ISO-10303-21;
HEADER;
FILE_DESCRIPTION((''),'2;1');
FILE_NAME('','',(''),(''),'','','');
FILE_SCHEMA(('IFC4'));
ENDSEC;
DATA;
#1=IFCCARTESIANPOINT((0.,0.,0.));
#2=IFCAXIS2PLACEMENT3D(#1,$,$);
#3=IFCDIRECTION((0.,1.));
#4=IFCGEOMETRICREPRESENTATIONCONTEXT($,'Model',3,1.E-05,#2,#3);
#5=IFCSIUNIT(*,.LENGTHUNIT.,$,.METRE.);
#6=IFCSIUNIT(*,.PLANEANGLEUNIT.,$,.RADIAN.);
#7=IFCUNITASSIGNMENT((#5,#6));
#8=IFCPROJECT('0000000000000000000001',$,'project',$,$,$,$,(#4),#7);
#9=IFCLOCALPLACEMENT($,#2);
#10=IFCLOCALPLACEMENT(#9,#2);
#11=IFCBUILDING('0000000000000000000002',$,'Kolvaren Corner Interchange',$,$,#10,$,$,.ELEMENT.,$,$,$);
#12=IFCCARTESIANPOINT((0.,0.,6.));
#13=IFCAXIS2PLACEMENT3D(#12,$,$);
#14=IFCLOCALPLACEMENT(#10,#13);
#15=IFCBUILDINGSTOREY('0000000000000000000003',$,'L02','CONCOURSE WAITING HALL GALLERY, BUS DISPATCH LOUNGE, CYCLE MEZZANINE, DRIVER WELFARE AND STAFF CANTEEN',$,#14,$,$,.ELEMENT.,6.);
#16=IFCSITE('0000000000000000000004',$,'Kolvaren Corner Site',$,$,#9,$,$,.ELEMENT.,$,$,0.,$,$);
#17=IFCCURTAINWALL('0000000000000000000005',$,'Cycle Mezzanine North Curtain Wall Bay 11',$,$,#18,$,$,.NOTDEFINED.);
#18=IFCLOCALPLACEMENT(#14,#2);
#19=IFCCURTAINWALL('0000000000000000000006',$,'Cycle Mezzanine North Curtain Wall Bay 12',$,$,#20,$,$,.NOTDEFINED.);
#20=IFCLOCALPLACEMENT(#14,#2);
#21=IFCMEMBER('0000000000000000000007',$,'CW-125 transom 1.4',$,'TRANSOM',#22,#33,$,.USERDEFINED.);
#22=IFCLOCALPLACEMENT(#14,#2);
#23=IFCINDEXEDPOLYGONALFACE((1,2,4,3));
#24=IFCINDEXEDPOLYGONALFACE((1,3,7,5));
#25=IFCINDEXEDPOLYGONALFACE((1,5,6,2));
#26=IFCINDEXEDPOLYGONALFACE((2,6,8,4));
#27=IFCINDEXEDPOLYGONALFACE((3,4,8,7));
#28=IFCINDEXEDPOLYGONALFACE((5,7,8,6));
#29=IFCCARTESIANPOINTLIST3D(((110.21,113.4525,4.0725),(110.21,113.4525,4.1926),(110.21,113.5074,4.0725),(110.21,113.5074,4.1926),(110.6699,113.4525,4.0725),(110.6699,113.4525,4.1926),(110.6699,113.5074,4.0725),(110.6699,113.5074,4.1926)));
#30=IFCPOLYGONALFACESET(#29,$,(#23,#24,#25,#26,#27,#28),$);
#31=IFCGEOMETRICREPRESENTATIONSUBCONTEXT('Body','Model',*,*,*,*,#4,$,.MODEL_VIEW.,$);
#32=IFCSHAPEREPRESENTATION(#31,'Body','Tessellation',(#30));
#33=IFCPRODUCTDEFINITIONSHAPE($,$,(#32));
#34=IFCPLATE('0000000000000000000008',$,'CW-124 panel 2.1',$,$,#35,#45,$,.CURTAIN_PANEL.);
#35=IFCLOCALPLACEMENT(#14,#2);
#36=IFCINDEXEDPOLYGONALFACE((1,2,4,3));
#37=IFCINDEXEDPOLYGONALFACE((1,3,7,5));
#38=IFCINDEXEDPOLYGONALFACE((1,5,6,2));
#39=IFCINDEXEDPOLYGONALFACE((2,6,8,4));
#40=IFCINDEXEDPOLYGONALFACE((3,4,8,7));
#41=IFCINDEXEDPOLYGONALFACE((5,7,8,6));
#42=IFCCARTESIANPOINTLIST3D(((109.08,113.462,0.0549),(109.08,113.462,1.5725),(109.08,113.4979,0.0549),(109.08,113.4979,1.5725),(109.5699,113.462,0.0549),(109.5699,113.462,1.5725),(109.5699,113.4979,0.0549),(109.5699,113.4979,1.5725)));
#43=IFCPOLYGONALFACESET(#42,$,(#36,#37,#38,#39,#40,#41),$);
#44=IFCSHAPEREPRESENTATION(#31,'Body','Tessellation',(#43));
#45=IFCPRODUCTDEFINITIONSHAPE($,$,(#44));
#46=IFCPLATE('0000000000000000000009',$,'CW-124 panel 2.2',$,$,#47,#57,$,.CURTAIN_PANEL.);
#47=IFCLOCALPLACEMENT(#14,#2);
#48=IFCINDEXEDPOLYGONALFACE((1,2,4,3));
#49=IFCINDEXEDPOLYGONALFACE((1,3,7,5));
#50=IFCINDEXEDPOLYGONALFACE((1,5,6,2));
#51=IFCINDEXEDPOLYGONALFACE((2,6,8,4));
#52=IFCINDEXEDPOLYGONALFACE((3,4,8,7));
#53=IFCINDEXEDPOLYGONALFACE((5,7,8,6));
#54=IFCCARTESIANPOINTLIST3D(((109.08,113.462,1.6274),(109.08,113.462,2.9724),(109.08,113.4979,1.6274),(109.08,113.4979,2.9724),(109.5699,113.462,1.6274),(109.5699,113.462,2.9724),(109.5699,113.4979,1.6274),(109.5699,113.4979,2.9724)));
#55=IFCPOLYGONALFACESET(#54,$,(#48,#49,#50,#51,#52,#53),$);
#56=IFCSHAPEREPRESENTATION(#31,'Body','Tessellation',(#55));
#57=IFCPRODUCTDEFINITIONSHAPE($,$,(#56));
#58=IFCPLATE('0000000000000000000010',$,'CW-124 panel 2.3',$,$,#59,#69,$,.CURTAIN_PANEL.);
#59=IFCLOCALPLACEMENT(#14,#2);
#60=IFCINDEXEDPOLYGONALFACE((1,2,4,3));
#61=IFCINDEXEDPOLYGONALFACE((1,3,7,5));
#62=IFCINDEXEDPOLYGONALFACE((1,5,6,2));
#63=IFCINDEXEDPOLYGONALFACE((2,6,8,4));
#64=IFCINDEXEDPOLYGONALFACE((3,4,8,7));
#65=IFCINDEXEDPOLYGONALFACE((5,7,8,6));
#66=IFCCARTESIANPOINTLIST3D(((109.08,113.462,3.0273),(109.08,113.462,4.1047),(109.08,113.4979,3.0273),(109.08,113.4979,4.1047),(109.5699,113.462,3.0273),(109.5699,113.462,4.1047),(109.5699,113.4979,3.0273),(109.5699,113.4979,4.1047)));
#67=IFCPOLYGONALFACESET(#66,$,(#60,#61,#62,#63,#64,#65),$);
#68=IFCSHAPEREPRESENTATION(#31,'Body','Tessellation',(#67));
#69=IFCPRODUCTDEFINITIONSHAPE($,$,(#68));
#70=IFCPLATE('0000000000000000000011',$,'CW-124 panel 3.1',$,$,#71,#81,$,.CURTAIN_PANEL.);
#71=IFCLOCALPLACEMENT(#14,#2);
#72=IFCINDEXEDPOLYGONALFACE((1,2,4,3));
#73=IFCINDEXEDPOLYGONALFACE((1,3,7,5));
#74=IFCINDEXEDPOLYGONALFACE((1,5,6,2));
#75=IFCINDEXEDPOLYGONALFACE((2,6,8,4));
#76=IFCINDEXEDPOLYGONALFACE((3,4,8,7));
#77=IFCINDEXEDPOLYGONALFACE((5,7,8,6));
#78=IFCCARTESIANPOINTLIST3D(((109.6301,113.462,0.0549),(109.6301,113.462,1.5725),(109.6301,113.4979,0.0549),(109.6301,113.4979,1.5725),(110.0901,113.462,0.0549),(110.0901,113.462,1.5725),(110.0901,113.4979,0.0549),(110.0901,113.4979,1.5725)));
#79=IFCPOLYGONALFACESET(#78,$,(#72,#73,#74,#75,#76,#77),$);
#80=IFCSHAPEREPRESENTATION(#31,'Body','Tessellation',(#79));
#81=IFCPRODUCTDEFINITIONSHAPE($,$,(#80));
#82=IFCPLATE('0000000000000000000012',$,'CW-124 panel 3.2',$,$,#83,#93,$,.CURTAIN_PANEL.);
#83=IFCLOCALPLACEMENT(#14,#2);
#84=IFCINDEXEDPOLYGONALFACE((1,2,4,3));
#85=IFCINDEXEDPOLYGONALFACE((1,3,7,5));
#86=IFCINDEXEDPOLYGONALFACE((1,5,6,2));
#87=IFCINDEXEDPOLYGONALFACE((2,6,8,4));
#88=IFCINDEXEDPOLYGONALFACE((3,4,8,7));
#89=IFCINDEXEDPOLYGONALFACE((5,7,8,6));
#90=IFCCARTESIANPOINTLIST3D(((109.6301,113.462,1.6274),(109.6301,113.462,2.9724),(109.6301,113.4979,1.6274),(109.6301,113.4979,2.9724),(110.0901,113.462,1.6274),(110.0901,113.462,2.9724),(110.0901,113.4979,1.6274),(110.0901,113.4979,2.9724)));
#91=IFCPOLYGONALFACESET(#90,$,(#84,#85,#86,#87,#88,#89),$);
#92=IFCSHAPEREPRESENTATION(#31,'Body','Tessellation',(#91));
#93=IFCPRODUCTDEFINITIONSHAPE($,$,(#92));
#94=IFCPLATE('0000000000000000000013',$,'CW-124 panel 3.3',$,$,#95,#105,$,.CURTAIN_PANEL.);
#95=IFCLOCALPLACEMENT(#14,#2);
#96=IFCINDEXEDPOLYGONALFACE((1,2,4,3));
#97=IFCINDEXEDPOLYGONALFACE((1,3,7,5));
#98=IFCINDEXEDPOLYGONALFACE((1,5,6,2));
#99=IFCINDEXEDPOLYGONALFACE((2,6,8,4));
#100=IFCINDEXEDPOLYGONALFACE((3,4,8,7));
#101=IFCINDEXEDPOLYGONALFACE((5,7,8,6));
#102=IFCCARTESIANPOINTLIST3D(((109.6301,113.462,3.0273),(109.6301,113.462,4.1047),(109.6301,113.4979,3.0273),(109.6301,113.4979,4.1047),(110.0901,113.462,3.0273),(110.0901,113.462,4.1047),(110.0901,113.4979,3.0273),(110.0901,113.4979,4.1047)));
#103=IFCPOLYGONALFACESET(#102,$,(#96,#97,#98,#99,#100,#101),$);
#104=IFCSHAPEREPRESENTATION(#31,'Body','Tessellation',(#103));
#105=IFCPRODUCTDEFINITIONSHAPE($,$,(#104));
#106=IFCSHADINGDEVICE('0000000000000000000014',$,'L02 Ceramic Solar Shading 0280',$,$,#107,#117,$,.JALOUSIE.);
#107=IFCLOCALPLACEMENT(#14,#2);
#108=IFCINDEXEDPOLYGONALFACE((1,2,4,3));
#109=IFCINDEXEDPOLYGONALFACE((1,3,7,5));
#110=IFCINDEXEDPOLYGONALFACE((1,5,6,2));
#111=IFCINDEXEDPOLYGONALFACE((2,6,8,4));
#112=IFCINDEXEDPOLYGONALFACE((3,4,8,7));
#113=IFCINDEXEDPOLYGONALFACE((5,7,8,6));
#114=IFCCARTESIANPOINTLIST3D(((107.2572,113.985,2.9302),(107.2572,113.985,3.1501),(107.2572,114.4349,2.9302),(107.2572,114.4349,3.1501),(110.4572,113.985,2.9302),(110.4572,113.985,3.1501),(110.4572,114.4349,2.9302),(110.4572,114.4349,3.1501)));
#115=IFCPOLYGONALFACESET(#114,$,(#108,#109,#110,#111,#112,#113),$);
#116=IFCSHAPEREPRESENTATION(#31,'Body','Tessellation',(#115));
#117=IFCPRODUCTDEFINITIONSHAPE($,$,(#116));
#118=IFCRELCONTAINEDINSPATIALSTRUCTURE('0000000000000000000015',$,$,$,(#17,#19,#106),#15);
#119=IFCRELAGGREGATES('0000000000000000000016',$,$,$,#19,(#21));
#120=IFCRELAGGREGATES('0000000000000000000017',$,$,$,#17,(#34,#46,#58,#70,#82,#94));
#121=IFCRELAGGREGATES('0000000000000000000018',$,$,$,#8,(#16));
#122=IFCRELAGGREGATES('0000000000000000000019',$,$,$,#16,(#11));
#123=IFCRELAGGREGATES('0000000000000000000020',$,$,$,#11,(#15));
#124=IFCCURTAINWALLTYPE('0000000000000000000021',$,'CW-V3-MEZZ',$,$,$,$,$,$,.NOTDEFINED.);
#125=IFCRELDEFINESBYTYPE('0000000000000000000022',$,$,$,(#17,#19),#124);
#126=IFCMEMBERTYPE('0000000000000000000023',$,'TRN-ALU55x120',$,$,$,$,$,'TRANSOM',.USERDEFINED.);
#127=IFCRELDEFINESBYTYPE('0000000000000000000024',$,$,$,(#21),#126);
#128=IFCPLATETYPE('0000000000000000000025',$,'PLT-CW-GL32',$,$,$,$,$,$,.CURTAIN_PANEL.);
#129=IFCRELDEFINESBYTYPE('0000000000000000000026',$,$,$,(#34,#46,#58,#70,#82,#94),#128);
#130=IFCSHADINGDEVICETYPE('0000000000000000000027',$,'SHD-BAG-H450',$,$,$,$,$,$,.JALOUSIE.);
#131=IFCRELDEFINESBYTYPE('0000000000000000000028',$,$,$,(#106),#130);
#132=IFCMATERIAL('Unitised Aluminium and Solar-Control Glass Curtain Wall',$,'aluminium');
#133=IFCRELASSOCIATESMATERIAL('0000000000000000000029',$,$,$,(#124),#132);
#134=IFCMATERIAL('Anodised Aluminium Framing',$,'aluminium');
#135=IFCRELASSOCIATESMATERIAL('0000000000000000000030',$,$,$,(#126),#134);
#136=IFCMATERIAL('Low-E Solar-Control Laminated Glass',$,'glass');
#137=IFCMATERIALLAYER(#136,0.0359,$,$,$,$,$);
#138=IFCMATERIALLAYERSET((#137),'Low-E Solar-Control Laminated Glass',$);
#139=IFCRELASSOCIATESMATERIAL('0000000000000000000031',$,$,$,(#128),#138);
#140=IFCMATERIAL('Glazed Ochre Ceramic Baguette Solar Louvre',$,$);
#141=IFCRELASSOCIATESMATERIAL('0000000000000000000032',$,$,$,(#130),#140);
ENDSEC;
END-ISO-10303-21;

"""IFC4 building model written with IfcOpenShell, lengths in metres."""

from ifc_helpers import new_model, si_unit, direction, frame, origin, origin_2d, place, context, subcontext, project, spatial, rectangle, extrude, material, layer, layer_set, material_profile, profile_set, type_object, element, aggregate, save


model = new_model("IFC4")

# Units and contexts
model_context = context("Model", 3, precision=1e-05, world=origin(), true_north=direction((0.0, 1.0)))
body_context = subcontext(model_context, "Body", "Model", "MODEL_VIEW")
ifc_project = project(units=[si_unit("LENGTHUNIT", "METRE"), si_unit("PLANEANGLEUNIT", "RADIAN")], contexts=[model_context])

# Site, building, storey
site_placement = place(None, origin())
site = spatial("IfcSite", under=ifc_project, at=site_placement, Name="Kolvaren Corner Site", CompositionType="ELEMENT", RefElevation=0.0)
building_placement = place(site_placement, origin())
building = spatial("IfcBuilding", under=site, at=building_placement, Name="Kolvaren Corner Interchange", CompositionType="ELEMENT")
storey_placement = place(building_placement, frame((0.0, 0.0, 6.0)))
storey = spatial("IfcBuildingStorey", under=building, at=storey_placement, Name="L02", Description="CONCOURSE WAITING HALL GALLERY, BUS DISPATCH LOUNGE, CYCLE MEZZANINE, DRIVER WELFARE AND STAFF CANTEEN", CompositionType="ELEMENT", Elevation=6.0)

# Curtain wall
ifc_material_1 = material(Name="Unitised Aluminium and Solar-Control Glass Curtain Wall", Category="aluminium")
curtain_wall_type = type_object("IfcCurtainWallType", Name="CW-V3-MEZZ", PredefinedType="NOTDEFINED", material=ifc_material_1)
curtain_wall_1_placement = place(storey_placement, origin())
curtain_wall_1 = element("IfcCurtainWall", 1, at=curtain_wall_1_placement, inside=storey, type_object=curtain_wall_type, Name="Cycle Mezzanine North Curtain Wall Bay 11", PredefinedType="NOTDEFINED")

# Curtain wall
curtain_wall_2_placement = place(storey_placement, origin())
curtain_wall_2 = element("IfcCurtainWall", 2, at=curtain_wall_2_placement, inside=storey, type_object=curtain_wall_type, Name="Cycle Mezzanine North Curtain Wall Bay 12", PredefinedType="NOTDEFINED")

# Member
ifc_material_2 = material(Name="Anodised Aluminium Framing", Category="aluminium")
ifc_material_profile_1 = material_profile(ifc_material_2, rectangle(XDim=0.0549, YDim=0.1201, at=origin_2d()), Name="ALU 55x120")
ifc_profile_set_1 = profile_set([ifc_material_profile_1], Name="Anodised Aluminium Framing")
member_type_1 = type_object("IfcMemberType", Name="TRN-ALU55x120", ElementType="TRANSOM", PredefinedType="USERDEFINED", material=ifc_profile_set_1)
member_1_placement = place(storey_placement, frame((110.21, 113.48, 4.1326), z_axis=(1.0, 0.0, 0.0), x_axis=(0.0, 1.0, 0.0)))
member_1 = element("IfcMember", 3, at=member_1_placement, type_object=member_type_1, Name="CW-125 transom 1.4", ObjectType="TRANSOM", PredefinedType="USERDEFINED", context=body_context, shape_type="SweptSolid", body=[
    extrude(rectangle(XDim=0.0549, YDim=0.1201, at=origin_2d()), origin(), (0.0, 0.0, 1.0), 0.46),
])
aggregate(curtain_wall_2, [member_1])

# Plates
ifc_material_3 = material(Name="Low-E Solar-Control Laminated Glass", Category="glass")
ifc_layer = layer(ifc_material_3, 0.0359)
ifc_layer_set = layer_set([ifc_layer], Name="Low-E Solar-Control Laminated Glass")
plate_type = type_object("IfcPlateType", Name="PLT-CW-GL32", PredefinedType="CURTAIN_PANEL", material=ifc_layer_set)
plate_1_placement = place(storey_placement, frame((109.325, 113.48, 0.0549), z_axis=(0.0, 0.0, 1.0), x_axis=(1.0, 0.0, 0.0)))
plate_1 = element("IfcPlate", 4, at=plate_1_placement, type_object=plate_type, Name="CW-124 panel 2.1", PredefinedType="CURTAIN_PANEL", context=body_context, shape_type="SweptSolid", body=[
    extrude(rectangle(XDim=0.49, YDim=0.0359, at=origin_2d()), origin(), (0.0, 0.0, 1.0), 1.5176),
])
plate_2_placement = place(storey_placement, frame((109.325, 113.48, 1.6274), z_axis=(0.0, 0.0, 1.0), x_axis=(1.0, 0.0, 0.0)))
plate_2 = element("IfcPlate", 5, at=plate_2_placement, type_object=plate_type, Name="CW-124 panel 2.2", PredefinedType="CURTAIN_PANEL", context=body_context, shape_type="SweptSolid", body=[
    extrude(rectangle(XDim=0.49, YDim=0.0359, at=origin_2d()), origin(), (0.0, 0.0, 1.0), 1.345),
])
plate_3_placement = place(storey_placement, frame((109.325, 113.48, 3.0273), z_axis=(0.0, 0.0, 1.0), x_axis=(1.0, 0.0, 0.0)))
plate_3 = element("IfcPlate", 6, at=plate_3_placement, type_object=plate_type, Name="CW-124 panel 2.3", PredefinedType="CURTAIN_PANEL", context=body_context, shape_type="SweptSolid", body=[
    extrude(rectangle(XDim=0.49, YDim=0.0359, at=origin_2d()), origin(), (0.0, 0.0, 1.0), 1.0774),
])
plate_4_placement = place(storey_placement, frame((109.8601, 113.48, 0.0549), z_axis=(0.0, 0.0, 1.0), x_axis=(1.0, 0.0, 0.0)))
plate_4 = element("IfcPlate", 7, at=plate_4_placement, type_object=plate_type, Name="CW-124 panel 3.1", PredefinedType="CURTAIN_PANEL", context=body_context, shape_type="SweptSolid", body=[
    extrude(rectangle(XDim=0.46, YDim=0.0359, at=origin_2d()), origin(), (0.0, 0.0, 1.0), 1.5176),
])
plate_5_placement = place(storey_placement, frame((109.8601, 113.48, 1.6274), z_axis=(0.0, 0.0, 1.0), x_axis=(1.0, 0.0, 0.0)))
plate_5 = element("IfcPlate", 8, at=plate_5_placement, type_object=plate_type, Name="CW-124 panel 3.2", PredefinedType="CURTAIN_PANEL", context=body_context, shape_type="SweptSolid", body=[
    extrude(rectangle(XDim=0.46, YDim=0.0359, at=origin_2d()), origin(), (0.0, 0.0, 1.0), 1.345),
])
plate_6_placement = place(storey_placement, frame((109.8601, 113.48, 3.0273), z_axis=(0.0, 0.0, 1.0), x_axis=(1.0, 0.0, 0.0)))
plate_6 = element("IfcPlate", 9, at=plate_6_placement, type_object=plate_type, Name="CW-124 panel 3.3", PredefinedType="CURTAIN_PANEL", context=body_context, shape_type="SweptSolid", body=[
    extrude(rectangle(XDim=0.46, YDim=0.0359, at=origin_2d()), origin(), (0.0, 0.0, 1.0), 1.0774),
])
aggregate(curtain_wall_1, [plate_1, plate_2, plate_3, plate_4, plate_5, plate_6])

# Shading device
ifc_material_4 = material(Name="Glazed Ochre Ceramic Baguette Solar Louvre")
shading_device_type = type_object("IfcShadingDeviceType", Name="SHD-BAG-H450", PredefinedType="JALOUSIE", material=ifc_material_4)
shading_device_placement = place(storey_placement, frame((108.8572, 114.21, 2.9302), z_axis=(0.0, 0.0, 1.0), x_axis=(-1.0, 0.0, 0.0)))
element("IfcShadingDevice", 10, at=shading_device_placement, inside=storey, type_object=shading_device_type, Name="L02 Ceramic Solar Shading 0280", PredefinedType="JALOUSIE", context=body_context, shape_type="SweptSolid", body=[
    extrude(rectangle(XDim=3.2, YDim=0.45, at=origin_2d()), origin(), (0.0, 0.0, 1.0), 0.22),
])

save(model, "model.ifc")
